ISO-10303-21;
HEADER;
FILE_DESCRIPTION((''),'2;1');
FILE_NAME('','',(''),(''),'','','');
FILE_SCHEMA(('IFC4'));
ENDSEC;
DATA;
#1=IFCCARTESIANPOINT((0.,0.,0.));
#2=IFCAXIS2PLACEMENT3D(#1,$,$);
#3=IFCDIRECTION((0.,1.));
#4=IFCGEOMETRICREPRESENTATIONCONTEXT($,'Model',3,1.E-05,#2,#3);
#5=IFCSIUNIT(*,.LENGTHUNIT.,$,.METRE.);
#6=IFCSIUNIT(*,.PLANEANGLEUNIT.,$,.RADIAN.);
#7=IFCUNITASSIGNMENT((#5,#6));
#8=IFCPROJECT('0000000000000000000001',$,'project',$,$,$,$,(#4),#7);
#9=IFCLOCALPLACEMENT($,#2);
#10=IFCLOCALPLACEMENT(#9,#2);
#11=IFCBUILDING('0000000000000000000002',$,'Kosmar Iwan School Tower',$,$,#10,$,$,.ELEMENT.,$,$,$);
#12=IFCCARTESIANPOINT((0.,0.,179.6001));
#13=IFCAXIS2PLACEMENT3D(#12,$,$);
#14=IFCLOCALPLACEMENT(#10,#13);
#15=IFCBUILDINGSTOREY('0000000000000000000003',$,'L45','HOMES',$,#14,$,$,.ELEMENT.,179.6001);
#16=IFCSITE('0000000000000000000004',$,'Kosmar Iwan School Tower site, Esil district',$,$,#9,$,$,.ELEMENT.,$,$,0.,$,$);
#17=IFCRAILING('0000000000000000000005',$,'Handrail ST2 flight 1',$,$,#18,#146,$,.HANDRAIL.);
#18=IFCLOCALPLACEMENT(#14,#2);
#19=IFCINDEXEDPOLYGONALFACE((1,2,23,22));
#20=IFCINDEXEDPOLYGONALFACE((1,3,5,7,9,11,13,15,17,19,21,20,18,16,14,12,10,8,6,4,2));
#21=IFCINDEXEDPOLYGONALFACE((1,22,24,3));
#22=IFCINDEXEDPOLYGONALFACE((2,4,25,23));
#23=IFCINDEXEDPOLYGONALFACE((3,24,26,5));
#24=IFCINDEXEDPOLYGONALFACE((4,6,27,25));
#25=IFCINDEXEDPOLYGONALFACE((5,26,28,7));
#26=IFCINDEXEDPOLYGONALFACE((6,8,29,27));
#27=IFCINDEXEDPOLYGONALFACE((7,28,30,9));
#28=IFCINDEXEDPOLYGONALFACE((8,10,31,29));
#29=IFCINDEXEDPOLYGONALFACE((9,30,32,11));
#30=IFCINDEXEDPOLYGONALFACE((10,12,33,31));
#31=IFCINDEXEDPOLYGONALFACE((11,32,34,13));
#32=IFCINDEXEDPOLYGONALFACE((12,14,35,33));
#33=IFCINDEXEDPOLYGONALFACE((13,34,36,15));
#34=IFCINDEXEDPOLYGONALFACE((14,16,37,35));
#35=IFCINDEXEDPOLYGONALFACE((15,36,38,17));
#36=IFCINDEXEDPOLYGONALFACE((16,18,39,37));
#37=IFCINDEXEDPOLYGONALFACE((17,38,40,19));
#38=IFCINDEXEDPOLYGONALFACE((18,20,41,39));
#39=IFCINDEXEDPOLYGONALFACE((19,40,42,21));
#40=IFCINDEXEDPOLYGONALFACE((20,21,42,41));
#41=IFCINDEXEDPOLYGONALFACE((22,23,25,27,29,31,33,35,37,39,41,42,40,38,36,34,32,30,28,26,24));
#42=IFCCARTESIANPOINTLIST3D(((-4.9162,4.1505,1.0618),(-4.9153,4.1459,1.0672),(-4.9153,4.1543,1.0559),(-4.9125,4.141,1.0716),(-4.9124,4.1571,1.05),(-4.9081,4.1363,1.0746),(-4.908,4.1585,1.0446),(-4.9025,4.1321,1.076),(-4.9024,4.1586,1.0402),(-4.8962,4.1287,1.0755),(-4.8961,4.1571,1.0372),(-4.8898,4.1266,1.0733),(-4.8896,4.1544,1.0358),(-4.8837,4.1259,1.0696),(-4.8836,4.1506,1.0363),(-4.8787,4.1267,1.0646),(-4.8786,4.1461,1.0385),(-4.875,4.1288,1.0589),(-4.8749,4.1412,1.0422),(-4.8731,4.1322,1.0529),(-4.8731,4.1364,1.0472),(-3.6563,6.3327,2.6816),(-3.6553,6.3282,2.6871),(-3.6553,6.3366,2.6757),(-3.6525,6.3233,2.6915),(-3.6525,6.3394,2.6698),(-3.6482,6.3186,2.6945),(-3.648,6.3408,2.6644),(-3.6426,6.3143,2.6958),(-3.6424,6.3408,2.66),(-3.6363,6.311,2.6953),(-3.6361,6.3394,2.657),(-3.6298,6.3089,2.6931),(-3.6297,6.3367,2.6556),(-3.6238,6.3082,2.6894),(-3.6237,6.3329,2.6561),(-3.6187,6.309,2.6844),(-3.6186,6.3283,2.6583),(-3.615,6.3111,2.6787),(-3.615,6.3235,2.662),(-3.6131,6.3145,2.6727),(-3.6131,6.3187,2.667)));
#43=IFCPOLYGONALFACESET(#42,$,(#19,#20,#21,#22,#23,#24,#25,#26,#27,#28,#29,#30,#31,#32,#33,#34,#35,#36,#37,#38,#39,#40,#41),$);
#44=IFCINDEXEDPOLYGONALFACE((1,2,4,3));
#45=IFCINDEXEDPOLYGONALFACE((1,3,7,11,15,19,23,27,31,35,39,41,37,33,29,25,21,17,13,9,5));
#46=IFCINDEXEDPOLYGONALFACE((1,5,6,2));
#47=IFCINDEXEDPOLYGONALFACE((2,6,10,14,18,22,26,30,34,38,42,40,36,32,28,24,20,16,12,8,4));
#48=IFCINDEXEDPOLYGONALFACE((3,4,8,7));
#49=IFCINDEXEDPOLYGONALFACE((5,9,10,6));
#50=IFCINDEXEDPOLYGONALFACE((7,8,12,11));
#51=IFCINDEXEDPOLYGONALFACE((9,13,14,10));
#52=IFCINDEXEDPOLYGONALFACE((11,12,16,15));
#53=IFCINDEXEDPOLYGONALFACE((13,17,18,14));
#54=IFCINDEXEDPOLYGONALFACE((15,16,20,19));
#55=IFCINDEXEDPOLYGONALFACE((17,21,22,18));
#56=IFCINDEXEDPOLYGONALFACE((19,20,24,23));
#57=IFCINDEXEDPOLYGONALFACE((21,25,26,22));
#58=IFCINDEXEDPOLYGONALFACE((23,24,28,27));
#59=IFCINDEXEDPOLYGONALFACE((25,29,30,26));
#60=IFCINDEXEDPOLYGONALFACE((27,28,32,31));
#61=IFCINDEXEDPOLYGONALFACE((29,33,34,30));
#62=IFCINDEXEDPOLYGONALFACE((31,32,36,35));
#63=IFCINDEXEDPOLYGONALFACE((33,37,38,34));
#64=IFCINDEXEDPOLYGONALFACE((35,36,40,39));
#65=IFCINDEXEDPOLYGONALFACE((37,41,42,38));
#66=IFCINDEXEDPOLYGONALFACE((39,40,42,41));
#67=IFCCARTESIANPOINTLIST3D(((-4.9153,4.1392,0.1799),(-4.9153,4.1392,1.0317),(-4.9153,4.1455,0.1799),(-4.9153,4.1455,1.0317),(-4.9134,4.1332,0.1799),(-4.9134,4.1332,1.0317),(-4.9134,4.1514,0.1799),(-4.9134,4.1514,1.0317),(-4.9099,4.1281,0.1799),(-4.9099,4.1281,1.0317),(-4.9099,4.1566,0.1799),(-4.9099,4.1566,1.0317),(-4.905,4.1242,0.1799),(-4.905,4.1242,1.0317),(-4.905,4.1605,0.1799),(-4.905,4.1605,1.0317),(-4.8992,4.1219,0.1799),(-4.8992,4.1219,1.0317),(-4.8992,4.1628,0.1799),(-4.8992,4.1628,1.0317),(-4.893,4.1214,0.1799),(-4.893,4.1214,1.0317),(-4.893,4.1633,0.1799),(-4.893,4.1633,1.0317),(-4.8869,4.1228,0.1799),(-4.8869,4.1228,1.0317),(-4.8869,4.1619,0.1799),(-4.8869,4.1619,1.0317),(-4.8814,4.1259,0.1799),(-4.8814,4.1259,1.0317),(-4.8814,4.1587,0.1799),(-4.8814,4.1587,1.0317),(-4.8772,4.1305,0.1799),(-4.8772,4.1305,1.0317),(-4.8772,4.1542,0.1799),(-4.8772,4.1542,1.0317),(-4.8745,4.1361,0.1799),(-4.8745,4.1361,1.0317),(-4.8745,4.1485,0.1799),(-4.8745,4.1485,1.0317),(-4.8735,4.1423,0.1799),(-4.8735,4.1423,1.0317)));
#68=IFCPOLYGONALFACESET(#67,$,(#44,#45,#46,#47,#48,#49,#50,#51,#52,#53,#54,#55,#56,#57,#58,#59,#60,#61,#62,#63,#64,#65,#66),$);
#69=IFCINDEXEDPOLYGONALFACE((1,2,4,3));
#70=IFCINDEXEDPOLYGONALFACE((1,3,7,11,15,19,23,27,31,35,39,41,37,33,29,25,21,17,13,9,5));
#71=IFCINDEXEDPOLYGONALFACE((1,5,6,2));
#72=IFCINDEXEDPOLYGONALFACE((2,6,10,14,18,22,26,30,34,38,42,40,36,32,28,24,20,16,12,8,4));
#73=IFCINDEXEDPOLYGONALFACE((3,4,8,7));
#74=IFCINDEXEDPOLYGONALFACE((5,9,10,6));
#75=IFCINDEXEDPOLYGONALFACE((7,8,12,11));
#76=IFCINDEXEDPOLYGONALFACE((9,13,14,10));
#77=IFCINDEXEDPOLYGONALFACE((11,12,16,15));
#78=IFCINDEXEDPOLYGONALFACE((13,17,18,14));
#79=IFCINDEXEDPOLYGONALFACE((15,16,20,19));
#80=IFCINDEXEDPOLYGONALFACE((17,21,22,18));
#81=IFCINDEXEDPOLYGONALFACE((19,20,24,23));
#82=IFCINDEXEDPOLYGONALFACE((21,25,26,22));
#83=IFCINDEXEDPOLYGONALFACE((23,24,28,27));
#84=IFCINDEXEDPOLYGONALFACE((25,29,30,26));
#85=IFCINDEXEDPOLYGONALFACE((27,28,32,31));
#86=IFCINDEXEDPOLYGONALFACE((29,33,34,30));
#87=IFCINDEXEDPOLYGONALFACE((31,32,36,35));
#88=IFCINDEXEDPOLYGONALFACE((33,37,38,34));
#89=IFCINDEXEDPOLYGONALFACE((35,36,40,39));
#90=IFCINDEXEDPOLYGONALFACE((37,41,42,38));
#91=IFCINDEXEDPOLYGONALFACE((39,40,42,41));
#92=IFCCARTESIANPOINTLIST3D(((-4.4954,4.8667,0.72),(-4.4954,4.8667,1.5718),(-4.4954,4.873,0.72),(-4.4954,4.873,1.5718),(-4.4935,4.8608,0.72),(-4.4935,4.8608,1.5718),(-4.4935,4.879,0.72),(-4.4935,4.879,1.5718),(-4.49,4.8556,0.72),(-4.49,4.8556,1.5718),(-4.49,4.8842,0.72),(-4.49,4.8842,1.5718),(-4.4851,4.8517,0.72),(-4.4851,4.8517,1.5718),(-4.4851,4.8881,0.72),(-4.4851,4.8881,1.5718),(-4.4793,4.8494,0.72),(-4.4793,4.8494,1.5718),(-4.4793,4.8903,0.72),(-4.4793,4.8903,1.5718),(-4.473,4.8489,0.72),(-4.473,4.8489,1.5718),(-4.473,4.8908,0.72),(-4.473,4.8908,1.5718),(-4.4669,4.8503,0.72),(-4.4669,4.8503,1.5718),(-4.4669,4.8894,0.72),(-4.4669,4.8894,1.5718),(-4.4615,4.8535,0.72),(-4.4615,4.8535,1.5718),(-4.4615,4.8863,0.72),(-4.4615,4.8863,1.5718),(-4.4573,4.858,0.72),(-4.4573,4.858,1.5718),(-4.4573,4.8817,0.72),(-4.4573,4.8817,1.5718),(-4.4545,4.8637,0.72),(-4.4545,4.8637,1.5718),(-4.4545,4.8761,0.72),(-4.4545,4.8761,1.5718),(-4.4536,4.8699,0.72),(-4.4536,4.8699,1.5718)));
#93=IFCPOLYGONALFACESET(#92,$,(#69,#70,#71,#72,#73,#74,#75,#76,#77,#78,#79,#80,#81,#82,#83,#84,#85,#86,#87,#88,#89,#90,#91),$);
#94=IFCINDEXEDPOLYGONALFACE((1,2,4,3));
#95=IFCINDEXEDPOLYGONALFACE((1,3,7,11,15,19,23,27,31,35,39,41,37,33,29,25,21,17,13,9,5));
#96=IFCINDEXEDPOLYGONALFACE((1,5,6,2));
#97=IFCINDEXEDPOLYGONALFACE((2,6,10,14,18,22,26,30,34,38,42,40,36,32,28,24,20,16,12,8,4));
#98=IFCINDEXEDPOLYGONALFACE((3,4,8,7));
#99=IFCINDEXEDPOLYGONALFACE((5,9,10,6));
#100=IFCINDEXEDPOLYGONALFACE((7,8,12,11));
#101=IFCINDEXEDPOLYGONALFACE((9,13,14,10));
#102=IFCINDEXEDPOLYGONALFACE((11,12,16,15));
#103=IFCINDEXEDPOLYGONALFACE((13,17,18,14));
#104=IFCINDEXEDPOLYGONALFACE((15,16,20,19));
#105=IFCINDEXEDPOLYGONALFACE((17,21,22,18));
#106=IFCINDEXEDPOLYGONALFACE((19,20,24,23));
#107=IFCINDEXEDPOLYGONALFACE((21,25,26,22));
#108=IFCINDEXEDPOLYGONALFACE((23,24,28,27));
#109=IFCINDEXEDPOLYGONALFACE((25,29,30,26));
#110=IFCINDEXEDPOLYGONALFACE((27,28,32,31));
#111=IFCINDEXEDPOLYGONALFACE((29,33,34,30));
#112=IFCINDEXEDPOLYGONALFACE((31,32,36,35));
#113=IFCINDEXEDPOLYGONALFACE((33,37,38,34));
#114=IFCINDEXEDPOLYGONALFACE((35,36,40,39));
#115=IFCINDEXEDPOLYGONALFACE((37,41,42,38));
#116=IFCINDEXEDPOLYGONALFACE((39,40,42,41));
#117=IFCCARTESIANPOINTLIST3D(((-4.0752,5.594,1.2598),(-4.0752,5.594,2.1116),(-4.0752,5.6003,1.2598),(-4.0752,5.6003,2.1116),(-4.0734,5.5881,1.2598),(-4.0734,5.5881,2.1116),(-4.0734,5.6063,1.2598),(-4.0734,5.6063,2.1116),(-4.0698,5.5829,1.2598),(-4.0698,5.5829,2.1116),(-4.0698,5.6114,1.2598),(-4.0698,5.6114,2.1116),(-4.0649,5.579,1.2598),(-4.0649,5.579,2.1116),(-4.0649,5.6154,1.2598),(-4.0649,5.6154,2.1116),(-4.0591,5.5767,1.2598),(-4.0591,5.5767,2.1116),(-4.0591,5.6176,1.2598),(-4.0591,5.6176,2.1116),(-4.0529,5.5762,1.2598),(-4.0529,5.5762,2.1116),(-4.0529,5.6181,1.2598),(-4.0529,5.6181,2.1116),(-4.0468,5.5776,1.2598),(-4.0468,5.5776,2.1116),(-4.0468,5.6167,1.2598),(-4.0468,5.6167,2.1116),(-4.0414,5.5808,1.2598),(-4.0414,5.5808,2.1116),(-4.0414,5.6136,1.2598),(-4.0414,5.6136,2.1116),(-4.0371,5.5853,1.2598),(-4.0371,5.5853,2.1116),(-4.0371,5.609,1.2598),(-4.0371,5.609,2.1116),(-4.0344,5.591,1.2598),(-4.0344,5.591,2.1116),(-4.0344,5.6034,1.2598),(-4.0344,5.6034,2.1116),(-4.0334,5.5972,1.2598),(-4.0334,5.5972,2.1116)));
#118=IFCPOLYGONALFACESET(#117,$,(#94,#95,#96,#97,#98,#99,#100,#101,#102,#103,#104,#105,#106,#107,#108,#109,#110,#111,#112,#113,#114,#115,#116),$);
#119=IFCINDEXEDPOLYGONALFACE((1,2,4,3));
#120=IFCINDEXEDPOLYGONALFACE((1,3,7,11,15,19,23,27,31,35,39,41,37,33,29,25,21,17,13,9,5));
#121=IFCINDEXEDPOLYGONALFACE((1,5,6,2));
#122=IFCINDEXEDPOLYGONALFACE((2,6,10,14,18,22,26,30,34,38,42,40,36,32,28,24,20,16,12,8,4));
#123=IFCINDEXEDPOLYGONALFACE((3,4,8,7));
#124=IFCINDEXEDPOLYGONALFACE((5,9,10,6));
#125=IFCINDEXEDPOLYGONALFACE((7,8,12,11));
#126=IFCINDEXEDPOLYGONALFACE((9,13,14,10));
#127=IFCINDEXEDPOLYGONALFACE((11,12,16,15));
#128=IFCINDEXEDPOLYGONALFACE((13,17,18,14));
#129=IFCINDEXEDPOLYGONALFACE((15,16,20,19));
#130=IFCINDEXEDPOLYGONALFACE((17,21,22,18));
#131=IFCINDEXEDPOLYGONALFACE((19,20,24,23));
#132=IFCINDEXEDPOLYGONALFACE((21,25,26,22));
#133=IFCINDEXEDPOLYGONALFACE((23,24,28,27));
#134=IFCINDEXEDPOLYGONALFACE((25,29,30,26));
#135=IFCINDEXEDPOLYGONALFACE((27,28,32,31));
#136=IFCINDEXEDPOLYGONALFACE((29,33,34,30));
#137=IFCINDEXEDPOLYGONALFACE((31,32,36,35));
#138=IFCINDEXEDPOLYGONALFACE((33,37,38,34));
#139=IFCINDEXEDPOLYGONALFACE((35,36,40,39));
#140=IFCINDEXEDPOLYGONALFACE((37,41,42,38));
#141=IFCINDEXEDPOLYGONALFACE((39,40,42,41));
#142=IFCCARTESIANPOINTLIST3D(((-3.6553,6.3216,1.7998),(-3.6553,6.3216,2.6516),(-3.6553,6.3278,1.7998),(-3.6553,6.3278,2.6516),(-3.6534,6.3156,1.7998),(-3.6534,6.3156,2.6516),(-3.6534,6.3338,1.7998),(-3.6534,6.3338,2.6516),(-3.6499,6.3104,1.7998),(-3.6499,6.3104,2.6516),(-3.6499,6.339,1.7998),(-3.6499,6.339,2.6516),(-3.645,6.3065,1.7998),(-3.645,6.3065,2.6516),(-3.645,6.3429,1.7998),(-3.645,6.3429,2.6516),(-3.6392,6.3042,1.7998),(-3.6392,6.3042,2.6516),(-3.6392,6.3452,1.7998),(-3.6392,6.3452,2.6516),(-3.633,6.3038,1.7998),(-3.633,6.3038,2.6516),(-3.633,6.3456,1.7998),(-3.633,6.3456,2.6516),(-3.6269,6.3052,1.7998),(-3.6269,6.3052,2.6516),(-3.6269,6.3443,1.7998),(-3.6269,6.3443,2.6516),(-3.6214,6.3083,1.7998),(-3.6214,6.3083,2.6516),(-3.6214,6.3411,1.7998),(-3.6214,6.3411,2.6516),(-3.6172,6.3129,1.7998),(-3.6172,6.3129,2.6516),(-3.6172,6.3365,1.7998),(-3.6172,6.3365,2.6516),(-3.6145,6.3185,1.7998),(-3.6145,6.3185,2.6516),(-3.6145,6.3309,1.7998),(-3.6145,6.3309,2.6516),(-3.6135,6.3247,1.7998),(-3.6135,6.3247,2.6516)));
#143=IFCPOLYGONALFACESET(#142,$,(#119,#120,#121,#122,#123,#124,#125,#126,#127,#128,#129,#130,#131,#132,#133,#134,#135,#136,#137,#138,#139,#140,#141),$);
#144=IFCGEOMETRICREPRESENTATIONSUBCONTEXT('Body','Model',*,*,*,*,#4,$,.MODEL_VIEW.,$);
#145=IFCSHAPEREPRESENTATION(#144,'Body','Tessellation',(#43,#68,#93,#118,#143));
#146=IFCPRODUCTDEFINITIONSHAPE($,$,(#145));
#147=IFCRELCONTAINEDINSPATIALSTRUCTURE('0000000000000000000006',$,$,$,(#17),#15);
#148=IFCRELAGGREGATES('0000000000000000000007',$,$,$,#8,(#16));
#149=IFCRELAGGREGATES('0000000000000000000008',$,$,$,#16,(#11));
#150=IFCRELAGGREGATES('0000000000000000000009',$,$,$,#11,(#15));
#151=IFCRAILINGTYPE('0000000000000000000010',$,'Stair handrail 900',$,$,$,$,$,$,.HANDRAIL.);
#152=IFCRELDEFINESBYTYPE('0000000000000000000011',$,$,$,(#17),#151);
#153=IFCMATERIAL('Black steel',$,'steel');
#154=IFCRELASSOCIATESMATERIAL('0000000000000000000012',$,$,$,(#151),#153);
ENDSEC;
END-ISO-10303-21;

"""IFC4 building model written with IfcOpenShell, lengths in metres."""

from ifc_helpers import new_model, si_unit, direction, frame, origin, origin_2d, place, context, subcontext, project, spatial, circle, extrude, material, type_object, element, save


model = new_model("IFC4")

# Units and contexts
model_context = context("Model", 3, precision=1e-05, world=origin(), true_north=direction((0.0, 1.0)))
body_context = subcontext(model_context, "Body", "Model", "MODEL_VIEW")
ifc_project = project(units=[si_unit("LENGTHUNIT", "METRE"), si_unit("PLANEANGLEUNIT", "RADIAN")], contexts=[model_context])

# Site, building, storey
site_placement = place(None, origin())
site = spatial("IfcSite", under=ifc_project, at=site_placement, Name="Kosmar Iwan School Tower site, Esil district", CompositionType="ELEMENT", RefElevation=0.0)
building_placement = place(site_placement, origin())
building = spatial("IfcBuilding", under=site, at=building_placement, Name="Kosmar Iwan School Tower", CompositionType="ELEMENT")
storey_placement = place(building_placement, frame((0.0, 0.0, 179.6001)))
storey = spatial("IfcBuildingStorey", under=building, at=storey_placement, Name="L45", Description="HOMES", CompositionType="ELEMENT", Elevation=179.6001)

# Railing
ifc_material_1 = material(Name="Black steel", Category="steel")
railing_type = type_object("IfcRailingType", Name="Stair handrail 900", PredefinedType="HANDRAIL", material=ifc_material_1)
railing_placement = place(storey_placement, frame((-4.8945, 4.1423, 0.1799)))
element("IfcRailing", 1, at=railing_placement, inside=storey, type_object=railing_type, Name="Handrail ST2 flight 1", PredefinedType="HANDRAIL", context=body_context, shape_type="SweptSolid", body=[
    extrude(circle(Radius=0.0239, at=origin_2d()), frame((0.0, 0.0, 0.876), z_axis=(0.420603, 0.728496, 0.540728), x_axis=(-0.866023, 0.500005, 0.0)), (0.0, 0.0, 1.0), 2.9956),
    extrude(circle(Radius=0.021, at=origin_2d()), origin(), (0.0, 0.0, 1.0), 0.8518),
    extrude(circle(Radius=0.021, at=origin_2d()), frame((0.4199, 0.7275, 0.54)), (0.0, 0.0, 1.0), 0.8518),
    extrude(circle(Radius=0.021, at=origin_2d()), frame((0.8401, 1.4548, 1.0798)), (0.0, 0.0, 1.0), 0.8518),
    extrude(circle(Radius=0.021, at=origin_2d()), frame((1.26, 2.1824, 1.6199)), (0.0, 0.0, 1.0), 0.8518),
])

save(model, "model.ifc")
